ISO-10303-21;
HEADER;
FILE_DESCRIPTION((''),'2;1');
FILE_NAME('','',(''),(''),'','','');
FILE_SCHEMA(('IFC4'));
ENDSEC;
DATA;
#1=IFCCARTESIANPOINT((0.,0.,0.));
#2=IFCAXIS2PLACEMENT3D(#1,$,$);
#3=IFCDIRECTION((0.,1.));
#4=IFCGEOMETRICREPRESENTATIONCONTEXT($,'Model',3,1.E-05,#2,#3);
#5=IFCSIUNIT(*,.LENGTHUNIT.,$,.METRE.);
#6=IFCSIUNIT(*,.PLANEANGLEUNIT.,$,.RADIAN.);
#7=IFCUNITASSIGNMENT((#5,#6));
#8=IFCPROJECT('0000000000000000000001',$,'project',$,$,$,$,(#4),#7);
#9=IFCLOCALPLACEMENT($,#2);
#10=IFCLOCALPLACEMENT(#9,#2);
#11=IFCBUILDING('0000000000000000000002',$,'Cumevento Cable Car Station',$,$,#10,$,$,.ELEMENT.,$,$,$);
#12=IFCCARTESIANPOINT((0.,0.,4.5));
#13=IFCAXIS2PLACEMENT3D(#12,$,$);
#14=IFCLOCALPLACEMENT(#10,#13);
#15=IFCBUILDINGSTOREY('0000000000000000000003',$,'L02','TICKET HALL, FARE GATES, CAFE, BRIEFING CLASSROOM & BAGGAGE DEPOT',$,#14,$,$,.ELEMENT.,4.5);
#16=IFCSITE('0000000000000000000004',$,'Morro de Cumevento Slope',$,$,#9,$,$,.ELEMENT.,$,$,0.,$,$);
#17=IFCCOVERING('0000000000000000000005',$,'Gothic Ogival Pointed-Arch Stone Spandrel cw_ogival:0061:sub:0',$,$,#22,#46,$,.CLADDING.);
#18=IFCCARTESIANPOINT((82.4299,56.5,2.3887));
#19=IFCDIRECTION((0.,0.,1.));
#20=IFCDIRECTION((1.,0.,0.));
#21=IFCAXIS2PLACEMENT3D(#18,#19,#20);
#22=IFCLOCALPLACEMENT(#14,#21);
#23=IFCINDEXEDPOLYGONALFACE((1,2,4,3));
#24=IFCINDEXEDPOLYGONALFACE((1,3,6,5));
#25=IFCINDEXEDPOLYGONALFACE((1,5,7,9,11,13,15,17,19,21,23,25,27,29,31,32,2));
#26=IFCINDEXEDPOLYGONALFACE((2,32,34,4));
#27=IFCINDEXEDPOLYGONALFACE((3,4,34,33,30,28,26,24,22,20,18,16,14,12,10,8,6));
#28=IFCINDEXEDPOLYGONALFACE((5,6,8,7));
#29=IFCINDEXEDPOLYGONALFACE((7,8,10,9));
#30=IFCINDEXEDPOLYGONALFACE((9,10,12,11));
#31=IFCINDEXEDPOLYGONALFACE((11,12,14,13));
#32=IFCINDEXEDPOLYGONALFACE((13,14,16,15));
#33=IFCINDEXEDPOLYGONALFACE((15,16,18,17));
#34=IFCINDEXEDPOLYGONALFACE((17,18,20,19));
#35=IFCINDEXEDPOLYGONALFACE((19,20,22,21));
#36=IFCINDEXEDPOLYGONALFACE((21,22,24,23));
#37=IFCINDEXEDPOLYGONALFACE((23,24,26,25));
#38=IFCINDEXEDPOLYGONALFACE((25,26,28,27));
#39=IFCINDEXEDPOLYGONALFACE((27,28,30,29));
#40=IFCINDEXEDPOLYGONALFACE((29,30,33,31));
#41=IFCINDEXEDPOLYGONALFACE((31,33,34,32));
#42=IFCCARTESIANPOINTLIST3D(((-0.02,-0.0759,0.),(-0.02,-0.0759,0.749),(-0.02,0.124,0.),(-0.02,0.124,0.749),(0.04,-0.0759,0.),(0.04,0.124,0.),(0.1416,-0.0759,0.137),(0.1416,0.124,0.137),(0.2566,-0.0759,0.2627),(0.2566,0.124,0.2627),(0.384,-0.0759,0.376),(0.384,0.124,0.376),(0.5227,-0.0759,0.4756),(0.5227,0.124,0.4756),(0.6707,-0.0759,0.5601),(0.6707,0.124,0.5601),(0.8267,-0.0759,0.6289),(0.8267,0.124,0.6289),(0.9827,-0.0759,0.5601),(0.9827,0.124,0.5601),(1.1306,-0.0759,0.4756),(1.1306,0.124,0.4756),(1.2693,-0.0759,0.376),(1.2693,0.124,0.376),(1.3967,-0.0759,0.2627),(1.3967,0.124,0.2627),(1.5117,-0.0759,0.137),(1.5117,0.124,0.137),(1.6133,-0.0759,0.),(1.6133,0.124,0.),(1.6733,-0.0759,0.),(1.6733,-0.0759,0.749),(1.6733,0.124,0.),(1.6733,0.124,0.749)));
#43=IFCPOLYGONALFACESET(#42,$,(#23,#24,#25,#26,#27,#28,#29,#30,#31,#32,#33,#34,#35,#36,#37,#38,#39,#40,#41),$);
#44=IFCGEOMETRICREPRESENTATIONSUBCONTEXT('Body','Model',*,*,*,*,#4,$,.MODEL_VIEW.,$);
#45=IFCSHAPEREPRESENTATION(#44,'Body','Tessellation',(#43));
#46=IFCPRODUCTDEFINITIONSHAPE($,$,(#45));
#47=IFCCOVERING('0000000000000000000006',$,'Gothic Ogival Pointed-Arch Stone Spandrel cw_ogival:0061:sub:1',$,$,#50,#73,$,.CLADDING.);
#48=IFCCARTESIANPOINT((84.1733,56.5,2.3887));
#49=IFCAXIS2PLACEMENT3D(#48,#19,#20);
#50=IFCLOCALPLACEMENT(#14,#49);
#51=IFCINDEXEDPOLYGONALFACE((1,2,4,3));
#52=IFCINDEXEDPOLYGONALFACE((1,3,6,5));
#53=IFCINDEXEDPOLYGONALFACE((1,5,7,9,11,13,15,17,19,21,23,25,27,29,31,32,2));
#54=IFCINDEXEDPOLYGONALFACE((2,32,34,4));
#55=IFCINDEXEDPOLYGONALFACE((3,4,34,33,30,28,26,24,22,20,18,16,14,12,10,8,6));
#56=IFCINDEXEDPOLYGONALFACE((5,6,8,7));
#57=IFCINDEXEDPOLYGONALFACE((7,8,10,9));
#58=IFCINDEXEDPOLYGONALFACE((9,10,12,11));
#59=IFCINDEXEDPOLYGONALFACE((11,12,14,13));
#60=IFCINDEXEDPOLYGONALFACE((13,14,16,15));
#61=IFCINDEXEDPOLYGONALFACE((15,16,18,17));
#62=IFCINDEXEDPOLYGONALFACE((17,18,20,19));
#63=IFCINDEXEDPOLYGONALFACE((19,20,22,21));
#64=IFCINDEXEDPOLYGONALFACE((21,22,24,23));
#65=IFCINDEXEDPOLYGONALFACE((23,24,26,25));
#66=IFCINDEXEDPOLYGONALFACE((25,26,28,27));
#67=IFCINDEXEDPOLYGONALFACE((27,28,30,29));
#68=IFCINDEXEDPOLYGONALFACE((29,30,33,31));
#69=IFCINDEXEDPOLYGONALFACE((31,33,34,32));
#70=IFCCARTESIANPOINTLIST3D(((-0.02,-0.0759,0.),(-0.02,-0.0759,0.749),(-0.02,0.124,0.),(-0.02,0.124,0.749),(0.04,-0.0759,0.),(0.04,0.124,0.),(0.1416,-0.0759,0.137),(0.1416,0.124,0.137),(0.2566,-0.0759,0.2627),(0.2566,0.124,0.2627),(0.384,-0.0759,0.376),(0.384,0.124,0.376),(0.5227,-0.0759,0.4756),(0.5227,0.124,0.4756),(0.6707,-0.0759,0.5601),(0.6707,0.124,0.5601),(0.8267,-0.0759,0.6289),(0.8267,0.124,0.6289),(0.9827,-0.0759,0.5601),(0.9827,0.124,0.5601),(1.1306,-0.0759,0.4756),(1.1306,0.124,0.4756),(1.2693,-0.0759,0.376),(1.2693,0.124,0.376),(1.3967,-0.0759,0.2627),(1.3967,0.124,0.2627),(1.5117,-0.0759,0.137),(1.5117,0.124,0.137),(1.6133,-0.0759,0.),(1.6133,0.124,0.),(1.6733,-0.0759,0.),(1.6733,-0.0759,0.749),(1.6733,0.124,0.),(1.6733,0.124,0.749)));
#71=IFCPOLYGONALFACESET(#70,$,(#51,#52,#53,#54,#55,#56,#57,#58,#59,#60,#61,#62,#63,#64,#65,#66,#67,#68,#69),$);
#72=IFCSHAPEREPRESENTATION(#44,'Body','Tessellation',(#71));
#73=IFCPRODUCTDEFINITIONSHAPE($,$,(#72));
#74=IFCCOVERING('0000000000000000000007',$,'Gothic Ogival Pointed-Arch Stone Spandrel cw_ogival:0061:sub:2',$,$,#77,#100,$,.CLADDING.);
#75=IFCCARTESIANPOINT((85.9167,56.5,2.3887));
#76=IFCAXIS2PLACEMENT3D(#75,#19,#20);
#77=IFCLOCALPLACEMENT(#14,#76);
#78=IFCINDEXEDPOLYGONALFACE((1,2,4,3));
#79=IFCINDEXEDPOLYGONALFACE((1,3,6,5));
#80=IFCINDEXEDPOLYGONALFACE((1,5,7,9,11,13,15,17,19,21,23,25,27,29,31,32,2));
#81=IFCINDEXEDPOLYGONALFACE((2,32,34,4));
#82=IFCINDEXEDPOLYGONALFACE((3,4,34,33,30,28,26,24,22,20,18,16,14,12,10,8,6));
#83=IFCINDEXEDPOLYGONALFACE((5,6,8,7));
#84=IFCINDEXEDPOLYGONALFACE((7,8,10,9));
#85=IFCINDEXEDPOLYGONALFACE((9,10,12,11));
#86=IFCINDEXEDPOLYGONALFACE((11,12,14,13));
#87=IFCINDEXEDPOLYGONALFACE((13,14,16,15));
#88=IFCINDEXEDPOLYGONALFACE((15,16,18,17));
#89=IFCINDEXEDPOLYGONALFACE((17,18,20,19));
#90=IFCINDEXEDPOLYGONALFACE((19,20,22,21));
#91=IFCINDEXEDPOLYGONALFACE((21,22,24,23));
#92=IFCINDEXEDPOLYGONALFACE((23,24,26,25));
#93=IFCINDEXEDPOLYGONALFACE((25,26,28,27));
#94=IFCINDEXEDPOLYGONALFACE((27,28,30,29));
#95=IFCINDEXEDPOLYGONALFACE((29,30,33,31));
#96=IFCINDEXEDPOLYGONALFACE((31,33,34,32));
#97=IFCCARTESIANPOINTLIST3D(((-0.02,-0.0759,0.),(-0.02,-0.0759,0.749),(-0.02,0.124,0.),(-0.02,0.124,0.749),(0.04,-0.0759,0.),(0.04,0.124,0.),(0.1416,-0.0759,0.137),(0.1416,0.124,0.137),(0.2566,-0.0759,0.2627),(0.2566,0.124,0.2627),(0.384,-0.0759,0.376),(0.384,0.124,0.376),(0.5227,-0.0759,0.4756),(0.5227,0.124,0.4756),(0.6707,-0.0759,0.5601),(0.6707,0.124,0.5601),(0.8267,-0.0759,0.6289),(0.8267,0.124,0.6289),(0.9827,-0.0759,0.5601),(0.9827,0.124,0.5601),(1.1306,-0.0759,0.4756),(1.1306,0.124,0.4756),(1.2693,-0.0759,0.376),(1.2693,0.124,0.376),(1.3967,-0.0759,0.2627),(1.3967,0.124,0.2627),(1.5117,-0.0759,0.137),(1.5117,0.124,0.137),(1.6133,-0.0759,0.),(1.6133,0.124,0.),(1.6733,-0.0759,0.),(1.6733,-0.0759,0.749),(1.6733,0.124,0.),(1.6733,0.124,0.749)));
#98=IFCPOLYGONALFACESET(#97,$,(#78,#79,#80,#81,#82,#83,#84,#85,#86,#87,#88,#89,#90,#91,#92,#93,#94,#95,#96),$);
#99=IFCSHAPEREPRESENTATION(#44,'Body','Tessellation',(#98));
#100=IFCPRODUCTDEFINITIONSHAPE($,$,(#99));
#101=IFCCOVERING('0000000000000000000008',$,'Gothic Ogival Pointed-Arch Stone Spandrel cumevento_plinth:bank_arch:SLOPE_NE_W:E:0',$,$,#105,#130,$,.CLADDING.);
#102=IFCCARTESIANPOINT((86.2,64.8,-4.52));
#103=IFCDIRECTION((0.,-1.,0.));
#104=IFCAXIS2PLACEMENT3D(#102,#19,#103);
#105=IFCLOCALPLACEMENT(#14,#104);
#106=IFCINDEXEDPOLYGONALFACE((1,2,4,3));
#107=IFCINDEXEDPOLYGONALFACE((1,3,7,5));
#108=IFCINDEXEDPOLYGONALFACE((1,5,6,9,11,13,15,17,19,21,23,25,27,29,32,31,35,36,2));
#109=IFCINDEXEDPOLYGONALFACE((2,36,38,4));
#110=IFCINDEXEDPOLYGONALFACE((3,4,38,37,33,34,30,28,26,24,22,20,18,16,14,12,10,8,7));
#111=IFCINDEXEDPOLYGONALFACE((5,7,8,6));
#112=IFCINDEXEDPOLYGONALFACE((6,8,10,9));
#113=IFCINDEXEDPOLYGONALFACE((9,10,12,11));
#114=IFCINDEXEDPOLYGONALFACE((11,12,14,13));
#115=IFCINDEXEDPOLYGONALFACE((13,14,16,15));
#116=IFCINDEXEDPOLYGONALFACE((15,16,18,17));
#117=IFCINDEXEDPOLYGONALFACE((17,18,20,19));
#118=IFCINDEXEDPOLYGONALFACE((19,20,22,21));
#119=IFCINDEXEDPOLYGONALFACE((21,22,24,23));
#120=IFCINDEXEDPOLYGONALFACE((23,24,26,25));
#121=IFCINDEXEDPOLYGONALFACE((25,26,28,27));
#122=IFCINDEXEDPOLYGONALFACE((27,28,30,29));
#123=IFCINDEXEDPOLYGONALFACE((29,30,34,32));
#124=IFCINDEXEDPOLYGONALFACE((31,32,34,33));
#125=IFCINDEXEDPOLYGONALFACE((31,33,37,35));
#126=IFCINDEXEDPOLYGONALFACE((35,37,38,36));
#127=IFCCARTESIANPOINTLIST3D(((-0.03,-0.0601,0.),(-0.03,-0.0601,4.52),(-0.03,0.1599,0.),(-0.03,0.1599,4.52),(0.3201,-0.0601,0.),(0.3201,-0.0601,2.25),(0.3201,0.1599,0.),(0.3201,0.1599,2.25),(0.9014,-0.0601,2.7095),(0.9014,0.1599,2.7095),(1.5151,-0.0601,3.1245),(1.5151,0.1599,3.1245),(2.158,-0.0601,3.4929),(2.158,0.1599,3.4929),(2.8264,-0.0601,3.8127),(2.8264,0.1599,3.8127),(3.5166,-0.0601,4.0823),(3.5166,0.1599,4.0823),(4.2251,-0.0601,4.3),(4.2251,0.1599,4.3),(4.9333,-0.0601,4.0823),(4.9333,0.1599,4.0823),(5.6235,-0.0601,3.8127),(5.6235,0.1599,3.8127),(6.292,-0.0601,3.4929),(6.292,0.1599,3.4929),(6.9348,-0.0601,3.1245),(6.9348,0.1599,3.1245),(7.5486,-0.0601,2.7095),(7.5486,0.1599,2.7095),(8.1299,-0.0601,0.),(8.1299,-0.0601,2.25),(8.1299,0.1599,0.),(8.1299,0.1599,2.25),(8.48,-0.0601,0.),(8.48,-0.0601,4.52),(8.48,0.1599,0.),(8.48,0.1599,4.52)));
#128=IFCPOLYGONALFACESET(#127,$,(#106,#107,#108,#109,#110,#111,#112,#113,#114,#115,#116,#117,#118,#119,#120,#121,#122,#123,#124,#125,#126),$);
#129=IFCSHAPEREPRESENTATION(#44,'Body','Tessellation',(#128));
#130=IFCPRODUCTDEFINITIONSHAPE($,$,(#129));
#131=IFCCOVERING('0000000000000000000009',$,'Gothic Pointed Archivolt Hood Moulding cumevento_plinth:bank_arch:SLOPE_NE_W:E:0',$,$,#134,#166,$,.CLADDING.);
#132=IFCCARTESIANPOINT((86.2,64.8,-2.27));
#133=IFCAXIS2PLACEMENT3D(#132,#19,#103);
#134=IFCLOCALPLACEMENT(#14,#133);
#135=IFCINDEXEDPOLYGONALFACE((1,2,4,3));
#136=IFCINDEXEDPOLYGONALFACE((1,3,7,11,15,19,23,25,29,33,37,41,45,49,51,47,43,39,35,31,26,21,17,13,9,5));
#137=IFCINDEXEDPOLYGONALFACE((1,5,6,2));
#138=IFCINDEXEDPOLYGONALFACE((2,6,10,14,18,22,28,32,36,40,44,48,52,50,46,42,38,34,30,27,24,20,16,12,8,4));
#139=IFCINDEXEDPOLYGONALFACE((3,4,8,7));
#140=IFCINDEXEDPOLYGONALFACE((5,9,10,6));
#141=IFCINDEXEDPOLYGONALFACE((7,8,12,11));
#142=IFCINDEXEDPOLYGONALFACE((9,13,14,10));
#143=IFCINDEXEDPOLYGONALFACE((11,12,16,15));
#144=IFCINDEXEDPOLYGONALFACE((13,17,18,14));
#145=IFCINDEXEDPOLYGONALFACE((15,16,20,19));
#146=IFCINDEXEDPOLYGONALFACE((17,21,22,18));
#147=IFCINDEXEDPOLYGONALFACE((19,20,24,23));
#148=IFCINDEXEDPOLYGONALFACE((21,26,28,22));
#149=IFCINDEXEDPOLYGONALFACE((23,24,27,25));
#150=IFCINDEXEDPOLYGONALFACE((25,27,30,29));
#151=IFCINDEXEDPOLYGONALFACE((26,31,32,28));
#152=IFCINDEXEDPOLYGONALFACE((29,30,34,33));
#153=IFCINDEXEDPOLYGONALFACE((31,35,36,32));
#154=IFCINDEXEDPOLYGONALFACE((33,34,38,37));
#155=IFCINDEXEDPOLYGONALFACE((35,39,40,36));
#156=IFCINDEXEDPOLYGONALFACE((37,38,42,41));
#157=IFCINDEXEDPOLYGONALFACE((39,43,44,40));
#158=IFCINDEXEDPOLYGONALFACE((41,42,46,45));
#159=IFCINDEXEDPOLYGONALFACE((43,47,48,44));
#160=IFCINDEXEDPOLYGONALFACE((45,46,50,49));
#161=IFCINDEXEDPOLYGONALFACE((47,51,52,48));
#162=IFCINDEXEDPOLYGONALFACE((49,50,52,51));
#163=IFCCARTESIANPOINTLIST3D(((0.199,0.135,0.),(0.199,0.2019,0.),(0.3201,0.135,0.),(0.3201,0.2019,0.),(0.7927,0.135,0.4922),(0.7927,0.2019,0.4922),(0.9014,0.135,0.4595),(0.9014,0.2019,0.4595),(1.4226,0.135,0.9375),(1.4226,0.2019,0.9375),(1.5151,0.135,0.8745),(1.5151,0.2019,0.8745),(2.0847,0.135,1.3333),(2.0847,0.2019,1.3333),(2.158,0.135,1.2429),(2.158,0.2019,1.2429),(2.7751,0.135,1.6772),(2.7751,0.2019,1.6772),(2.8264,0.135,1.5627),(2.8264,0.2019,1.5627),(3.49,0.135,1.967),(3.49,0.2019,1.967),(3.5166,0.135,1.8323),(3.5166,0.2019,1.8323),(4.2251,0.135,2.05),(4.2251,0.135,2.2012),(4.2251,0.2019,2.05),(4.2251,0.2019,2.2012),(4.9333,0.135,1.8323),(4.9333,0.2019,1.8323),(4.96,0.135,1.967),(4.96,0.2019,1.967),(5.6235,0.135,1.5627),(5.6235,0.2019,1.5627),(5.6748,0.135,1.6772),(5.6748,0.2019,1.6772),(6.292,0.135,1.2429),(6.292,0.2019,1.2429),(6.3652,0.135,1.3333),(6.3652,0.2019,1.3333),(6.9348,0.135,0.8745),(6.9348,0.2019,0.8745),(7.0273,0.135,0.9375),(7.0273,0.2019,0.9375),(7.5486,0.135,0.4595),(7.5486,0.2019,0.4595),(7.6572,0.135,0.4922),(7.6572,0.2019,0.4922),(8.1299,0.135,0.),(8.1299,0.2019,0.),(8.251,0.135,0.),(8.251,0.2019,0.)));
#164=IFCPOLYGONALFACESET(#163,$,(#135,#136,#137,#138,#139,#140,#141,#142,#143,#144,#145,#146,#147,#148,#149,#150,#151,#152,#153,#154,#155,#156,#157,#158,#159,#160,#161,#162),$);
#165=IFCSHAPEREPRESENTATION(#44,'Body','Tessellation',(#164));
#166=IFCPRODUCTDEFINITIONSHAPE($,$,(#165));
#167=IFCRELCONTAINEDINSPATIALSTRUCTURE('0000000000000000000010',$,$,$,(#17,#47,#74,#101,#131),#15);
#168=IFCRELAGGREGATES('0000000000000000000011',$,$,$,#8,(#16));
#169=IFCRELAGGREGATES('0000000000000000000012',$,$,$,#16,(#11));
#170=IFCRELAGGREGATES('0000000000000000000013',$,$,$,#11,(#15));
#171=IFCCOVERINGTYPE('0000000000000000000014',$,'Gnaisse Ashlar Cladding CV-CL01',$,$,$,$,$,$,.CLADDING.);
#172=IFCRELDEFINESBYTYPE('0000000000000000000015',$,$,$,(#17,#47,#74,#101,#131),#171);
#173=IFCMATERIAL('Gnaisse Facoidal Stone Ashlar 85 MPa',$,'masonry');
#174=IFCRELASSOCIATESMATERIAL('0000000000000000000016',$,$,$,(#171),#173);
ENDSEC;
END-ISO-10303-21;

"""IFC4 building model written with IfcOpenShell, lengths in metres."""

from ifc_helpers import new_model, si_unit, direction, frame, origin, place, context, subcontext, project, spatial, polyline, outline, extrude, material, type_object, element, save


model = new_model("IFC4")

# Units and contexts
model_context = context("Model", 3, precision=1e-05, world=origin(), true_north=direction((0.0, 1.0)))
body_context = subcontext(model_context, "Body", "Model", "MODEL_VIEW")
ifc_project = project(units=[si_unit("LENGTHUNIT", "METRE"), si_unit("PLANEANGLEUNIT", "RADIAN")], contexts=[model_context])

# Site, building, storey
site_placement = place(None, origin())
site = spatial("IfcSite", under=ifc_project, at=site_placement, Name="Morro de Cumevento Slope", CompositionType="ELEMENT", RefElevation=0.0)
building_placement = place(site_placement, origin())
building = spatial("IfcBuilding", under=site, at=building_placement, Name="Cumevento Cable Car Station", CompositionType="ELEMENT")
storey_placement = place(building_placement, frame((0.0, 0.0, 4.5)))
storey = spatial("IfcBuildingStorey", under=building, at=storey_placement, Name="L02", Description="TICKET HALL, FARE GATES, CAFE, BRIEFING CLASSROOM & BAGGAGE DEPOT", CompositionType="ELEMENT", Elevation=4.5)

# Coverings
ifc_material_1 = material(Name="Gnaisse Facoidal Stone Ashlar 85 MPa", Category="masonry")
covering_type = type_object("IfcCoveringType", Name="Gnaisse Ashlar Cladding CV-CL01", PredefinedType="CLADDING", material=ifc_material_1)
for number, where, z_axis, x_axis, name in (
    (1, (82.4299, 56.5, 2.3887), (0.0, 0.0, 1.0), (1.0, 0.0, 0.0), "Gothic Ogival Pointed-Arch Stone Spandrel cw_ogival:0061:sub:0"),
    (2, (84.1733, 56.5, 2.3887), (0.0, 0.0, 1.0), (1.0, 0.0, 0.0), "Gothic Ogival Pointed-Arch Stone Spandrel cw_ogival:0061:sub:1"),
    (3, (85.9167, 56.5, 2.3887), (0.0, 0.0, 1.0), (1.0, 0.0, 0.0), "Gothic Ogival Pointed-Arch Stone Spandrel cw_ogival:0061:sub:2"),
):
    element("IfcCovering", number, at=place(storey_placement, frame(where, z_axis=z_axis, x_axis=x_axis)), inside=storey, type_object=covering_type, Name=name, PredefinedType="CLADDING", context=body_context, shape_type="SweptSolid", body=[
        extrude(outline(polyline([(-0.02, 0.0), (-0.02, 0.749), (1.6733, 0.749), (1.6733, 0.0), (1.6133, 0.0), (1.5117, 0.137), (1.3967, 0.2627), (1.2693, 0.376), (1.1306, 0.4756), (0.9827, 0.5601), (0.8267, 0.6289), (0.6707, 0.5601), (0.5227, 0.4756), (0.384, 0.376), (0.2566, 0.2627), (0.1416, 0.137), (0.04, 0.0), (-0.02, 0.0)])), frame((0.0, 0.124, 0.0), z_axis=(0.0, -1.0, 0.0), x_axis=(1.0, 0.0, 0.0)), (0.0, 0.0, 1.0), 0.2),
    ])
covering_1_placement = place(storey_placement, frame((86.2, 64.8, -4.52), z_axis=(0.0, 0.0, 1.0), x_axis=(0.0, -1.0, 0.0)))
element("IfcCovering", 4, at=covering_1_placement, inside=storey, type_object=covering_type, Name="Gothic Ogival Pointed-Arch Stone Spandrel cumevento_plinth:bank_arch:SLOPE_NE_W:E:0", PredefinedType="CLADDING", context=body_context, shape_type="SweptSolid", body=[
    extrude(outline(polyline([(-0.03, 0.0), (-0.03, 4.52), (8.48, 4.52), (8.48, 0.0), (8.1299, 0.0), (8.1299, 2.25), (7.5486, 2.7095), (6.9348, 3.1245), (6.292, 3.4929), (5.6235, 3.8127), (4.9333, 4.0823), (4.2251, 4.3), (3.5166, 4.0823), (2.8264, 3.8127), (2.158, 3.4929), (1.5151, 3.1245), (0.9014, 2.7095), (0.3201, 2.25), (0.3201, 0.0), (-0.03, 0.0)])), frame((0.0, 0.1599, 0.0), z_axis=(0.0, -1.0, 0.0), x_axis=(1.0, 0.0, 0.0)), (0.0, 0.0, 1.0), 0.22),
])
covering_2_placement = place(storey_placement, frame((86.2, 64.8, -2.27), z_axis=(0.0, 0.0, 1.0), x_axis=(0.0, -1.0, 0.0)))
element("IfcCovering", 5, at=covering_2_placement, inside=storey, type_object=covering_type, Name="Gothic Pointed Archivolt Hood Moulding cumevento_plinth:bank_arch:SLOPE_NE_W:E:0", PredefinedType="CLADDING", context=body_context, shape_type="SweptSolid", body=[
    extrude(outline(polyline([(0.3201, 0.0), (0.9014, 0.4595), (1.5151, 0.8745), (2.158, 1.2429), (2.8264, 1.5627), (3.5166, 1.8323), (4.2251, 2.05), (4.9333, 1.8323), (5.6235, 1.5627), (6.292, 1.2429), (6.9348, 0.8745), (7.5486, 0.4595), (8.1299, 0.0), (8.251, 0.0), (7.6572, 0.4922), (7.0273, 0.9375), (6.3652, 1.3333), (5.6748, 1.6772), (4.96, 1.967), (4.2251, 2.2012), (3.49, 1.967), (2.7751, 1.6772), (2.0847, 1.3333), (1.4226, 0.9375), (0.7927, 0.4922), (0.199, 0.0), (0.3201, 0.0)])), frame((0.0, 0.2019, 0.0), z_axis=(0.0, -1.0, 0.0), x_axis=(1.0, 0.0, 0.0)), (0.0, 0.0, 1.0), 0.0669),
])

save(model, "model.ifc")
